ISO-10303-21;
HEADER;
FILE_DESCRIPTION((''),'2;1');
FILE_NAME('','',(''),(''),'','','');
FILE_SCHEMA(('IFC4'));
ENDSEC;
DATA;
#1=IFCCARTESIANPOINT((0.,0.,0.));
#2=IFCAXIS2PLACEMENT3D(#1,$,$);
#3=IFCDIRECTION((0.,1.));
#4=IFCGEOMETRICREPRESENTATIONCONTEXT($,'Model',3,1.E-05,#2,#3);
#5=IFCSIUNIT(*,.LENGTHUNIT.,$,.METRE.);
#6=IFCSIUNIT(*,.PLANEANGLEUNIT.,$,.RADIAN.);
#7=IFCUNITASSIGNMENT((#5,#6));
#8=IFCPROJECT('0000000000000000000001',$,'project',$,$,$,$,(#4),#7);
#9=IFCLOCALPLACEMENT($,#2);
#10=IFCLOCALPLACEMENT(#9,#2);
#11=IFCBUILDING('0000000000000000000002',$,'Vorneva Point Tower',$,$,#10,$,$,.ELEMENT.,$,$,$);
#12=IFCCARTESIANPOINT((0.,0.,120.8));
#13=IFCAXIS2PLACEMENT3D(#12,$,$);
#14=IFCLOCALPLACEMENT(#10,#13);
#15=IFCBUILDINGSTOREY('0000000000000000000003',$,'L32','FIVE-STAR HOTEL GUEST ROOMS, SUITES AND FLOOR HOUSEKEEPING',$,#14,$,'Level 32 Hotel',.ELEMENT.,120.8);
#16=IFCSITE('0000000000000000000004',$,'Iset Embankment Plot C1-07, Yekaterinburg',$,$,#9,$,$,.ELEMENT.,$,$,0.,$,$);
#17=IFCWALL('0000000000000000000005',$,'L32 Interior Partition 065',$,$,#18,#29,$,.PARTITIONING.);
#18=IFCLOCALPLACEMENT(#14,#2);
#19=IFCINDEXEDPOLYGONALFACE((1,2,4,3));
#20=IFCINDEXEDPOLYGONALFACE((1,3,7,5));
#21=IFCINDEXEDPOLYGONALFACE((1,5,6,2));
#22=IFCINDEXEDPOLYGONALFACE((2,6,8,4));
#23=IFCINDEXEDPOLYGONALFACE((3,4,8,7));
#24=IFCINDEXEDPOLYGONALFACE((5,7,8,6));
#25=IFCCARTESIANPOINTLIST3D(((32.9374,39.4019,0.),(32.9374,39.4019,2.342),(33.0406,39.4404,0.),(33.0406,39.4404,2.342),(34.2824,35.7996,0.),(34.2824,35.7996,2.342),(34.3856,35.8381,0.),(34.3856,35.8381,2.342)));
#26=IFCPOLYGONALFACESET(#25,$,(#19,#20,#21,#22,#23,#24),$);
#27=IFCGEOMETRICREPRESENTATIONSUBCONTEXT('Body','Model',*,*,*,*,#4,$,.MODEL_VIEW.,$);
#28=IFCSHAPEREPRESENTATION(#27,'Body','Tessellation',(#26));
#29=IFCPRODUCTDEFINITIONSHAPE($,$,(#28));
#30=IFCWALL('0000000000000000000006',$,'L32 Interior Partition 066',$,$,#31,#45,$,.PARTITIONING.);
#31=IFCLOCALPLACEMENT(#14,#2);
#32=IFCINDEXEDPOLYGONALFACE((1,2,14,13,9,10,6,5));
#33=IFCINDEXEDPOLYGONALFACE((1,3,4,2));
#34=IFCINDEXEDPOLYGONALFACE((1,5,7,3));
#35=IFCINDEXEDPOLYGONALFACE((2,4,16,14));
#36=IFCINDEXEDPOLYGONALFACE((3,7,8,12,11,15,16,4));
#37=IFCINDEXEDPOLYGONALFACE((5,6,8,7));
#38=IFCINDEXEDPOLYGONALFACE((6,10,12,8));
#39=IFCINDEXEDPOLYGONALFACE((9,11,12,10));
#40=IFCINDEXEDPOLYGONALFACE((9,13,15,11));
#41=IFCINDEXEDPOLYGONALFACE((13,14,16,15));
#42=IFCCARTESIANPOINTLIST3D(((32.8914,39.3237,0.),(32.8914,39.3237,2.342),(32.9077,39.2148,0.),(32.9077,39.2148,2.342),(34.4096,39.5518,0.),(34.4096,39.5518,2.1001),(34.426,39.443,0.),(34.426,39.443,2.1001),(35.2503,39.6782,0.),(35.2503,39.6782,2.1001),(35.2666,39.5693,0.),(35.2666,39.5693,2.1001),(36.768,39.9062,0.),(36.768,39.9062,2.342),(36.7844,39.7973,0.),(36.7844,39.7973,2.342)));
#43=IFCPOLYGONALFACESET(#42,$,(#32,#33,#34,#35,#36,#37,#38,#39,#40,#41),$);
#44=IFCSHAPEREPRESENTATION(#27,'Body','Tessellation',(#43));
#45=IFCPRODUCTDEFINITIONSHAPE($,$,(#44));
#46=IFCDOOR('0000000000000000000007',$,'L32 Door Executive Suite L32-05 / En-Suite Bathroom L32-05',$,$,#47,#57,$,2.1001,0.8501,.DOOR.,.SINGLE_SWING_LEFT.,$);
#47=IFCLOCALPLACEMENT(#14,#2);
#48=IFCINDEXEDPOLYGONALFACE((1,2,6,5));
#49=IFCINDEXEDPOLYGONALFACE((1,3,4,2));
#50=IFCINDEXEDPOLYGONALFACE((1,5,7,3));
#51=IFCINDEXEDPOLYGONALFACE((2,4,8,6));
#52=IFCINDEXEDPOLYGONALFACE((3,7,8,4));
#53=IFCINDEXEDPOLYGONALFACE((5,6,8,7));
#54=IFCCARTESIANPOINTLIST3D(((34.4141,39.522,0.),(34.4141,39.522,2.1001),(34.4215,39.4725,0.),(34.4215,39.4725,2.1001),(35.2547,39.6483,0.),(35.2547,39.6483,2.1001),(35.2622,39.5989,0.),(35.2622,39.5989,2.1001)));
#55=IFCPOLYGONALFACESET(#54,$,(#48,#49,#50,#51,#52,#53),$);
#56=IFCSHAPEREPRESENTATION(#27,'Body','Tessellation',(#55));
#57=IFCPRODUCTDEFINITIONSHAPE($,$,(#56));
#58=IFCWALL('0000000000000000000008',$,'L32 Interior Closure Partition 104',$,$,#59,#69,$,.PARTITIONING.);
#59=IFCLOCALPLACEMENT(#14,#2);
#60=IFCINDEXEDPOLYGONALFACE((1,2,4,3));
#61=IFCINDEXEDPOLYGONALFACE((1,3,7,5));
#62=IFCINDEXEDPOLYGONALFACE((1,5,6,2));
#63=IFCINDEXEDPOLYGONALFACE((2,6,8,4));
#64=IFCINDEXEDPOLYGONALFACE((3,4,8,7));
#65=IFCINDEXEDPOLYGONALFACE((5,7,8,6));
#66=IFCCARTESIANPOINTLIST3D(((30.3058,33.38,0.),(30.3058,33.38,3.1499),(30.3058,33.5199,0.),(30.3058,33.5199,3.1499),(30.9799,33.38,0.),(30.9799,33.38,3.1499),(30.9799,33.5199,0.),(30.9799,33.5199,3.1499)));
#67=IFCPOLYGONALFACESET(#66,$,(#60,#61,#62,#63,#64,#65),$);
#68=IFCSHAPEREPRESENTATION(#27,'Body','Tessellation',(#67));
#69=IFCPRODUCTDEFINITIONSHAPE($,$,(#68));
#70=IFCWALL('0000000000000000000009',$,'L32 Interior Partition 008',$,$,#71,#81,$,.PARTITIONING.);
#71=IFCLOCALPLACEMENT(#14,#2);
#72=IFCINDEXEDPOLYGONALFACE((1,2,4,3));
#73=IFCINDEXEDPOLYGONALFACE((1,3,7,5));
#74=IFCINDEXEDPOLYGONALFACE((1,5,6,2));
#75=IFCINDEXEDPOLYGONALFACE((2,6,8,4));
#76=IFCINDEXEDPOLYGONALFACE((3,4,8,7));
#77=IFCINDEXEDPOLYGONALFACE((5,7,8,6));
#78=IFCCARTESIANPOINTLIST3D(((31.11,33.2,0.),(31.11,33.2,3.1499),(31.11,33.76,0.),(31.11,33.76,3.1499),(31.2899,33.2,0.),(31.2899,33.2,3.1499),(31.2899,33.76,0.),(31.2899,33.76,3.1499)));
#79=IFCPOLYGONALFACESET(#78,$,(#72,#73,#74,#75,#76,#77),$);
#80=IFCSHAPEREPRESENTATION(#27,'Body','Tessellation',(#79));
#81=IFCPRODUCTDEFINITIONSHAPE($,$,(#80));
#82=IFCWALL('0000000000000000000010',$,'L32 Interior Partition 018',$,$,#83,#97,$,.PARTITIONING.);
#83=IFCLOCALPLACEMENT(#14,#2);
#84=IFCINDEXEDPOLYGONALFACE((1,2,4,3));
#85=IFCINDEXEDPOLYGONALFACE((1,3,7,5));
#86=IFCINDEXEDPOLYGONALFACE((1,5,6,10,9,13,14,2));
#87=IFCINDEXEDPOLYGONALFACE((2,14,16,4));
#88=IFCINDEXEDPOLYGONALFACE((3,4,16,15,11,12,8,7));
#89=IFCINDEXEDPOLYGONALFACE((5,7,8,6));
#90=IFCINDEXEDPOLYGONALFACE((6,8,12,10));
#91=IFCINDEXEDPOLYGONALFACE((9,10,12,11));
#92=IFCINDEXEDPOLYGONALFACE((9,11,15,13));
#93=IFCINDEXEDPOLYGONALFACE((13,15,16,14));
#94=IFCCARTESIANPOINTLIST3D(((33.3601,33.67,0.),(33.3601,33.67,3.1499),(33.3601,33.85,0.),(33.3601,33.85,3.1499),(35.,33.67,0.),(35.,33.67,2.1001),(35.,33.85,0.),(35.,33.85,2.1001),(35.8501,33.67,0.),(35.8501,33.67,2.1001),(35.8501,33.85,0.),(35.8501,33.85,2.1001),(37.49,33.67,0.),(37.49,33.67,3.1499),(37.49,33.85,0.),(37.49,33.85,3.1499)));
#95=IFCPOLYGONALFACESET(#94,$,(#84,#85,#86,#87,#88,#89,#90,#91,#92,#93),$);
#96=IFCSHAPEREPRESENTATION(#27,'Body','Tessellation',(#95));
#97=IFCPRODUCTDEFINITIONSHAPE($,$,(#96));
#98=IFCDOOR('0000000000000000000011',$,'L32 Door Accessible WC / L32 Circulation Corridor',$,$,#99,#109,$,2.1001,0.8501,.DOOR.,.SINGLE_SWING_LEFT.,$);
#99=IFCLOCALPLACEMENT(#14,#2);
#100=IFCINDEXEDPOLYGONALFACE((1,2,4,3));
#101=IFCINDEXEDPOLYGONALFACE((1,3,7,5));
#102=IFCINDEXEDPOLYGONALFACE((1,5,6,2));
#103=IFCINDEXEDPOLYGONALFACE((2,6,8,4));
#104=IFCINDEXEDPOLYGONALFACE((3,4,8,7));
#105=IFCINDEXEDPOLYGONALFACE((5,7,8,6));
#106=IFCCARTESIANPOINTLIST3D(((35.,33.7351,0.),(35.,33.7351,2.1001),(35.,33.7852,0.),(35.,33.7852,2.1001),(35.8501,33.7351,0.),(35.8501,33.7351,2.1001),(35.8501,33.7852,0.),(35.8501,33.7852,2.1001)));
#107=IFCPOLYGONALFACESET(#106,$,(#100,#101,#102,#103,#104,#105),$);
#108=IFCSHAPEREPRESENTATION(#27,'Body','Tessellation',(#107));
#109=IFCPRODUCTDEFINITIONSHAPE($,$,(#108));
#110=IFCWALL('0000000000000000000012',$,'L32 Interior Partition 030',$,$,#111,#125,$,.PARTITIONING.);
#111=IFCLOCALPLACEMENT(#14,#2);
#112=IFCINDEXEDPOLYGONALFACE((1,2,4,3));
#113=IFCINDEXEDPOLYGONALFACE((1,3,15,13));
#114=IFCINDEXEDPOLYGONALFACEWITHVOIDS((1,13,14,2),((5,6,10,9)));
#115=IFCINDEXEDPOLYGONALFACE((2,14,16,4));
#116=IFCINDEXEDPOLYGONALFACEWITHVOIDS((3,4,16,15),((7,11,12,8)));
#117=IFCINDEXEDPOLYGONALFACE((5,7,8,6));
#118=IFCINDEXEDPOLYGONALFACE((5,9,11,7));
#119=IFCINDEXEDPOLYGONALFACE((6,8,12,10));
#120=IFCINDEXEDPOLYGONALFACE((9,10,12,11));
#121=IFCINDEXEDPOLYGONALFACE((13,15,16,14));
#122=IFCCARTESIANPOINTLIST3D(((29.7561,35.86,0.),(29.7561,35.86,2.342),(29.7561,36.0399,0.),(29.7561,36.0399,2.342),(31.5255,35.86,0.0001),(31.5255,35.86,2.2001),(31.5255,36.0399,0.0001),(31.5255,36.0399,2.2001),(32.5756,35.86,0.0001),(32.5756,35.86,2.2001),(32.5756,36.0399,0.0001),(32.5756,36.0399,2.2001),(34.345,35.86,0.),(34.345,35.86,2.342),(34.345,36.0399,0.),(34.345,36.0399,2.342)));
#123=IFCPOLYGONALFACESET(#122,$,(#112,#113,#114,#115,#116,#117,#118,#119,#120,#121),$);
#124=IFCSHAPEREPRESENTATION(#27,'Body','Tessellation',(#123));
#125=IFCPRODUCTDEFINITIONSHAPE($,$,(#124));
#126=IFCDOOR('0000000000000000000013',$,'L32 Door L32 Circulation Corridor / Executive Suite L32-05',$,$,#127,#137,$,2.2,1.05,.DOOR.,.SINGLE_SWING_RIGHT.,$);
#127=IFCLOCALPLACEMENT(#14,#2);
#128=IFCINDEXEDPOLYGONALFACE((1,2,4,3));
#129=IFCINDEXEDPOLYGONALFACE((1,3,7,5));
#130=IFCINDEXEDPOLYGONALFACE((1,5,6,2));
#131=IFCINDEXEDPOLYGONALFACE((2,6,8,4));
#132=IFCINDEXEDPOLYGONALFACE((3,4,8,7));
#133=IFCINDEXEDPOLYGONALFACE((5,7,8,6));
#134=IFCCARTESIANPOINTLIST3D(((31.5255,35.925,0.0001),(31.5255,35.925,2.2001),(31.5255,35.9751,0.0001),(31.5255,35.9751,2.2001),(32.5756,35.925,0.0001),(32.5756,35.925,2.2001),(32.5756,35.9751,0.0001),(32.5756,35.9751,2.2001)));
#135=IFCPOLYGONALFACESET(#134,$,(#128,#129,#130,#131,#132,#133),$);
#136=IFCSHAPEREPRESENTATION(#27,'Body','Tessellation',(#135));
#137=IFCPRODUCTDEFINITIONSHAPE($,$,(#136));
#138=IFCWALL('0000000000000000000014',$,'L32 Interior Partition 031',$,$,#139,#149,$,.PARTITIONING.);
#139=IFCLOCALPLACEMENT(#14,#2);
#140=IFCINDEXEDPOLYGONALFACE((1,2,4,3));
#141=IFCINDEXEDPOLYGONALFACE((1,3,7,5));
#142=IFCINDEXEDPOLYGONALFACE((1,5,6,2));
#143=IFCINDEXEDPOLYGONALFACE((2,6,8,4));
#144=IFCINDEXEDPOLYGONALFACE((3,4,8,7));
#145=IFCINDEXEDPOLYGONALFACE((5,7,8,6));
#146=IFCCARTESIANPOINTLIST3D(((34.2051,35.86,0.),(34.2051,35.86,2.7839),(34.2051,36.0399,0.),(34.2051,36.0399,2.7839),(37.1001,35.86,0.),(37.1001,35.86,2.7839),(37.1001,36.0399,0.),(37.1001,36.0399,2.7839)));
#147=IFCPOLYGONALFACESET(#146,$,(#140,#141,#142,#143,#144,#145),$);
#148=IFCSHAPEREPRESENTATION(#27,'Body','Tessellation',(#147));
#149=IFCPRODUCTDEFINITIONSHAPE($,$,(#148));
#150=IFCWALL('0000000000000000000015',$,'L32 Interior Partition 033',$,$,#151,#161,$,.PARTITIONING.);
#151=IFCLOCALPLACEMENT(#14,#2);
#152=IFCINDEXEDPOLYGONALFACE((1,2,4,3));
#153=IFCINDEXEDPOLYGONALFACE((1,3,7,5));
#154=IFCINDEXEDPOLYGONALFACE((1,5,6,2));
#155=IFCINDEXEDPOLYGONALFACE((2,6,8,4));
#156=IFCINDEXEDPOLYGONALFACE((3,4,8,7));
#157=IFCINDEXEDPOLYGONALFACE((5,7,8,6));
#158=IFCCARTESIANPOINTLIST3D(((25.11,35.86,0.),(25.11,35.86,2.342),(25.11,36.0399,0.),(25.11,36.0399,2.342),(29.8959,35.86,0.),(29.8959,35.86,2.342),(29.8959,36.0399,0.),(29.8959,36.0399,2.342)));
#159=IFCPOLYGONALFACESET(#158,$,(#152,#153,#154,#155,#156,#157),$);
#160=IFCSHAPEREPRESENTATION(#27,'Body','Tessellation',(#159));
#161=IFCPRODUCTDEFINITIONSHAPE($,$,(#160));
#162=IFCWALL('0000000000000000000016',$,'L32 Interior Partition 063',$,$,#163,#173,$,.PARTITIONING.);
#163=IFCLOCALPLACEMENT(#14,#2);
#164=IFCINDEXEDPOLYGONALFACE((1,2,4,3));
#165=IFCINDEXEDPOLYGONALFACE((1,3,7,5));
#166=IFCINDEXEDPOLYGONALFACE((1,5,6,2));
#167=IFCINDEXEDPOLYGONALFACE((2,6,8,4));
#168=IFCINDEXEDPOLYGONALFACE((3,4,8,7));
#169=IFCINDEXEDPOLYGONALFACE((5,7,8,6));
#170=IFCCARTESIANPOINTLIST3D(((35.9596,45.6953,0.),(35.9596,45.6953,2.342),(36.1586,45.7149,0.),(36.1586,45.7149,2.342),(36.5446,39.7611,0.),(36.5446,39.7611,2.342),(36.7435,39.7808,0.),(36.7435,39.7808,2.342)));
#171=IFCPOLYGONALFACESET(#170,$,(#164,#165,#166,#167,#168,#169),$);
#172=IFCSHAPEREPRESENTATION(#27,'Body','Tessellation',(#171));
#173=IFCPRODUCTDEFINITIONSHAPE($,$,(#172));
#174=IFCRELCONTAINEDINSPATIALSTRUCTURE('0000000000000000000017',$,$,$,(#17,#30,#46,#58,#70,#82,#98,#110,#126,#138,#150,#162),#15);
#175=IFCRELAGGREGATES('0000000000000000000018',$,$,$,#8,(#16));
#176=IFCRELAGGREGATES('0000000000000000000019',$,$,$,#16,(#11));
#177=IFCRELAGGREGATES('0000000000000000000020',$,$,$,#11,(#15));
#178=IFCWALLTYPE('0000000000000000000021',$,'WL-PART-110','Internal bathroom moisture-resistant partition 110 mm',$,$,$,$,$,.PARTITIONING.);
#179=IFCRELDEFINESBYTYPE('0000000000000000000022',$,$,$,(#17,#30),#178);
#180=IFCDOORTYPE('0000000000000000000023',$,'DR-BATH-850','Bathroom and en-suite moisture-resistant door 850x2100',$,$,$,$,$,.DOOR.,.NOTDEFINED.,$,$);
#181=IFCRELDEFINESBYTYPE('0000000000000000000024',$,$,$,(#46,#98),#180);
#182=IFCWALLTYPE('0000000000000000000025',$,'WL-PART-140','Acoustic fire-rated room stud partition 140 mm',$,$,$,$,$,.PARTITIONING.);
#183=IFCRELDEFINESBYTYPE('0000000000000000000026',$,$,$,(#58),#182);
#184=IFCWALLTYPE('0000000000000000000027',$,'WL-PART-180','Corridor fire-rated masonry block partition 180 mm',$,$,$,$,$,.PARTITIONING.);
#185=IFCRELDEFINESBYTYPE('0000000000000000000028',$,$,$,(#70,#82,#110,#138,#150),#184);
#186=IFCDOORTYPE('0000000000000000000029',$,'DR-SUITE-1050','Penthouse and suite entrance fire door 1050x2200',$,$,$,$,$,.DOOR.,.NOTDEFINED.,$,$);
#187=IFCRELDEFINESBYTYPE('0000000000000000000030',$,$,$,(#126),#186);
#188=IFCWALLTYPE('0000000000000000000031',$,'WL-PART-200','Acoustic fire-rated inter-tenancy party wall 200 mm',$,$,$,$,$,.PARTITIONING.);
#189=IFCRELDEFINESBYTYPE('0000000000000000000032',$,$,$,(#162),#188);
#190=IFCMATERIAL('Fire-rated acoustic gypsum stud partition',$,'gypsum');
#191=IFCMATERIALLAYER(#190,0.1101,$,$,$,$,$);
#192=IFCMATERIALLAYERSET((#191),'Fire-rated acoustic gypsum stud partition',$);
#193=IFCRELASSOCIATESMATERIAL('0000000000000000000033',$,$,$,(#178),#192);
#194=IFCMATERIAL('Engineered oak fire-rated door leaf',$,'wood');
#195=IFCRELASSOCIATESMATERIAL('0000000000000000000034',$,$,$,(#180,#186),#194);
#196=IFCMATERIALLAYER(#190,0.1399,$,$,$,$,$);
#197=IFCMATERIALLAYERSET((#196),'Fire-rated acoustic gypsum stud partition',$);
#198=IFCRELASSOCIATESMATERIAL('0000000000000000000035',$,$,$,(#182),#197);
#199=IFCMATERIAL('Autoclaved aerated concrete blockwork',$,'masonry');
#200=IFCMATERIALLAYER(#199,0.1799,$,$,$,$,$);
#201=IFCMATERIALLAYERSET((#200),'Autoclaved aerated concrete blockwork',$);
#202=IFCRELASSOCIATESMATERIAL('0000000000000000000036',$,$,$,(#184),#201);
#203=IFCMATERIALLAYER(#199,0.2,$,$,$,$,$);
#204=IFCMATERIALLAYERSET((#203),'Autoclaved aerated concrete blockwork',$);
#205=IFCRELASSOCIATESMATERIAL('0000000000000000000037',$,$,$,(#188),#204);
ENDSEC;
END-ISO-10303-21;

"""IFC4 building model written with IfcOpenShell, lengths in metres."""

from ifc_helpers import new_model, si_unit, direction, frame, frame_2d, origin, place, context, subcontext, project, spatial, rectangle, extrude, material, layer, layer_set, type_object, element, fill, save


model = new_model("IFC4")

# Units and contexts
model_context = context("Model", 3, precision=1e-05, world=origin(), true_north=direction((0.0, 1.0)))
body_context = subcontext(model_context, "Body", "Model", "MODEL_VIEW")
ifc_project = project(units=[si_unit("LENGTHUNIT", "METRE"), si_unit("PLANEANGLEUNIT", "RADIAN")], contexts=[model_context])

# Site, building, storey
site_placement = place(None, origin())
site = spatial("IfcSite", under=ifc_project, at=site_placement, Name="Iset Embankment Plot C1-07, Yekaterinburg", CompositionType="ELEMENT", RefElevation=0.0)
building_placement = place(site_placement, origin())
building = spatial("IfcBuilding", under=site, at=building_placement, Name="Vorneva Point Tower", CompositionType="ELEMENT")
storey_placement = place(building_placement, frame((0.0, 0.0, 120.8)))
storey = spatial("IfcBuildingStorey", under=building, at=storey_placement, Name="L32", Description="FIVE-STAR HOTEL GUEST ROOMS, SUITES AND FLOOR HOUSEKEEPING", LongName="Level 32 Hotel", CompositionType="ELEMENT", Elevation=120.8)

# Wall
ifc_material_1 = material(Name="Fire-rated acoustic gypsum stud partition", Category="gypsum")
ifc_layer_1 = layer(ifc_material_1, 0.1101)
ifc_layer_set_1 = layer_set([ifc_layer_1], Name="Fire-rated acoustic gypsum stud partition")
wall_type_1 = type_object("IfcWallType", Name="WL-PART-110", Description="Internal bathroom moisture-resistant partition 110 mm", PredefinedType="PARTITIONING", material=ifc_layer_set_1)
wall_1_placement = place(storey_placement, frame((34.334, 35.8188, 0.0), z_axis=(0.0, 0.0, 1.0), x_axis=(-0.34978, 0.936832, 0.0)))
element("IfcWall", 1, at=wall_1_placement, inside=storey, type_object=wall_type_1, Name="L32 Interior Partition 065", PredefinedType="PARTITIONING", context=body_context, shape_type="SweptSolid", body=[
    extrude(rectangle(XDim=3.8452, YDim=0.1101, at=frame_2d((1.9226, 0.0))), origin(), (0.0, 0.0, 1.0), 2.342),
])

# Wall, opening, door
wall_2_placement = place(storey_placement, frame((32.8997, 39.2693, 0.0), z_axis=(0.0, 0.0, 1.0), x_axis=(0.988898, 0.148593, 0.0)))
wall_2 = element("IfcWall", 2, at=wall_2_placement, inside=storey, type_object=wall_type_1, Name="L32 Interior Partition 066", PredefinedType="PARTITIONING", context=body_context, shape_type="SweptSolid", body=[
    extrude(rectangle(XDim=3.9202, YDim=0.1101, at=frame_2d((1.96, 0.0))), origin(), (0.0, 0.0, 1.0), 2.342),
])
opening_1_placement = place(wall_2_placement, frame((1.5352, 0.0, 0.0)))
opening_1 = element("IfcOpeningElement", 3, at=opening_1_placement, cuts=wall_2, PredefinedType="OPENING", context=body_context, shape_type="SweptSolid", body=[
    extrude(rectangle(XDim=0.8501, YDim=2.1001, at=frame_2d((0.425, 1.05))), frame((0.0, 0.0698, 0.0), z_axis=(0.0, -1.0, 0.0), x_axis=(1.0, 0.0, 0.0)), (0.0, 0.0, 1.0), 0.1399),
])
ifc_material_2 = material(Name="Engineered oak fire-rated door leaf", Category="wood")
door_type_1 = type_object("IfcDoorType", Name="DR-BATH-850", Description="Bathroom and en-suite moisture-resistant door 850x2100", OperationType="NOTDEFINED", PredefinedType="DOOR", material=ifc_material_2)
door_1_placement = place(opening_1_placement, origin())
door_1 = element("IfcDoor", 4, at=door_1_placement, inside=storey, type_object=door_type_1, Name="L32 Door Executive Suite L32-05 / En-Suite Bathroom L32-05", OperationType="SINGLE_SWING_LEFT", OverallHeight=2.1001, OverallWidth=0.8501, PredefinedType="DOOR", context=body_context, shape_type="SweptSolid", body=[
    extrude(rectangle(XDim=0.8501, YDim=2.1001, at=frame_2d((0.425, 1.05))), frame((0.0, 0.0249, 0.0), z_axis=(0.0, -1.0, 0.0), x_axis=(1.0, 0.0, 0.0)), (0.0, 0.0, 1.0), 0.05),
])
fill(opening_1, door_1)

# Wall
ifc_layer_2 = layer(ifc_material_1, 0.1399)
ifc_layer_set_2 = layer_set([ifc_layer_2], Name="Fire-rated acoustic gypsum stud partition")
wall_type_2 = type_object("IfcWallType", Name="WL-PART-140", Description="Acoustic fire-rated room stud partition 140 mm", PredefinedType="PARTITIONING", material=ifc_layer_set_2)
wall_3_placement = place(storey_placement, frame((30.3059, 33.45, 0.0), z_axis=(0.0, 0.0, 1.0), x_axis=(1.0, 0.0, 0.0)))
element("IfcWall", 5, at=wall_3_placement, inside=storey, type_object=wall_type_2, Name="L32 Interior Closure Partition 104", PredefinedType="PARTITIONING", context=body_context, shape_type="SweptSolid", body=[
    extrude(rectangle(XDim=0.6741, YDim=0.1399, at=frame_2d((0.3369, 0.0))), origin(), (0.0, 0.0, 1.0), 3.1499),
])

# Shared definitions
ifc_material_3 = material(Name="Autoclaved aerated concrete blockwork", Category="masonry")
ifc_layer_3 = layer(ifc_material_3, 0.1799)
ifc_layer_set_3 = layer_set([ifc_layer_3], Name="Autoclaved aerated concrete blockwork")
wall_type_3 = type_object("IfcWallType", Name="WL-PART-180", Description="Corridor fire-rated masonry block partition 180 mm", PredefinedType="PARTITIONING", material=ifc_layer_set_3)

# Wall
wall_4_placement = place(storey_placement, frame((31.2, 33.76, 0.0), z_axis=(0.0, 0.0, 1.0), x_axis=(0.0, -1.0, 0.0)))
element("IfcWall", 6, at=wall_4_placement, inside=storey, type_object=wall_type_3, Name="L32 Interior Partition 008", PredefinedType="PARTITIONING", context=body_context, shape_type="SweptSolid", body=[
    extrude(rectangle(XDim=0.5601, YDim=0.1799, at=frame_2d((0.28, 0.0))), origin(), (0.0, 0.0, 1.0), 3.1499),
])

# Walls, openings, doors
wall_5_placement = place(storey_placement, frame((37.49, 33.76, 0.0), z_axis=(0.0, 0.0, 1.0), x_axis=(-1.0, 0.0, 0.0)))
wall_5 = element("IfcWall", 7, at=wall_5_placement, inside=storey, type_object=wall_type_3, Name="L32 Interior Partition 018", PredefinedType="PARTITIONING", context=body_context, shape_type="SweptSolid", body=[
    extrude(rectangle(XDim=4.1299, YDim=0.1799, at=frame_2d((2.0649, 0.0))), origin(), (0.0, 0.0, 1.0), 3.1499),
])
opening_2_placement = place(wall_5_placement, frame((1.6399, 0.0, 0.0)))
opening_2 = element("IfcOpeningElement", 8, at=opening_2_placement, cuts=wall_5, PredefinedType="OPENING", context=body_context, shape_type="SweptSolid", body=[
    extrude(rectangle(XDim=0.8501, YDim=2.1001, at=frame_2d((0.425, 1.05))), frame((0.0, 0.105, 0.0), z_axis=(0.0, -1.0, 0.0), x_axis=(1.0, 0.0, 0.0)), (0.0, 0.0, 1.0), 0.2097),
])
door_2_placement = place(opening_2_placement, origin())
door_2 = element("IfcDoor", 9, at=door_2_placement, inside=storey, type_object=door_type_1, Name="L32 Door Accessible WC / L32 Circulation Corridor", OperationType="SINGLE_SWING_LEFT", OverallHeight=2.1001, OverallWidth=0.8501, PredefinedType="DOOR", context=body_context, shape_type="SweptSolid", body=[
    extrude(rectangle(XDim=0.8501, YDim=2.1001, at=frame_2d((0.425, 1.05))), frame((0.0, 0.0249, 0.0), z_axis=(0.0, -1.0, 0.0), x_axis=(1.0, 0.0, 0.0)), (0.0, 0.0, 1.0), 0.05),
])
fill(opening_2, door_2)
wall_6_placement = place(storey_placement, frame((34.345, 35.95, 0.0), z_axis=(0.0, 0.0, 1.0), x_axis=(-1.0, 0.0, 0.0)))
wall_6 = element("IfcWall", 10, at=wall_6_placement, inside=storey, type_object=wall_type_3, Name="L32 Interior Partition 030", PredefinedType="PARTITIONING", context=body_context, shape_type="SweptSolid", body=[
    extrude(rectangle(XDim=4.5889, YDim=0.1799, at=frame_2d((2.2944, 0.0))), origin(), (0.0, 0.0, 1.0), 2.342),
])
opening_3_placement = place(wall_6_placement, frame((1.7695, 0.0, 0.0)))
opening_3 = element("IfcOpeningElement", 11, at=opening_3_placement, cuts=wall_6, PredefinedType="OPENING", context=body_context, shape_type="SweptSolid", body=[
    extrude(rectangle(XDim=1.05, YDim=2.2, at=frame_2d((0.5249, 1.1001))), frame((0.0, 0.105, 0.0), z_axis=(0.0, -1.0, 0.0), x_axis=(1.0, 0.0, 0.0)), (0.0, 0.0, 1.0), 0.2097),
])
door_type_2 = type_object("IfcDoorType", Name="DR-SUITE-1050", Description="Penthouse and suite entrance fire door 1050x2200", OperationType="NOTDEFINED", PredefinedType="DOOR", material=ifc_material_2)
door_3_placement = place(opening_3_placement, origin())
door_3 = element("IfcDoor", 12, at=door_3_placement, inside=storey, type_object=door_type_2, Name="L32 Door L32 Circulation Corridor / Executive Suite L32-05", OperationType="SINGLE_SWING_RIGHT", OverallHeight=2.2, OverallWidth=1.05, PredefinedType="DOOR", context=body_context, shape_type="SweptSolid", body=[
    extrude(rectangle(XDim=1.05, YDim=2.2, at=frame_2d((0.5249, 1.1001))), frame((0.0, 0.0249, 0.0), z_axis=(0.0, -1.0, 0.0), x_axis=(1.0, 0.0, 0.0)), (0.0, 0.0, 1.0), 0.05),
])
fill(opening_3, door_3)

# Walls
wall_7_placement = place(storey_placement, frame((37.1001, 35.95, 0.0), z_axis=(0.0, 0.0, 1.0), x_axis=(-1.0, 0.0, 0.0)))
element("IfcWall", 13, at=wall_7_placement, inside=storey, type_object=wall_type_3, Name="L32 Interior Partition 031", PredefinedType="PARTITIONING", context=body_context, shape_type="SweptSolid", body=[
    extrude(rectangle(XDim=2.895, YDim=0.1799, at=frame_2d((1.4475, 0.0))), origin(), (0.0, 0.0, 1.0), 2.7839),
])
wall_8_placement = place(storey_placement, frame((29.896, 35.95, 0.0), z_axis=(0.0, 0.0, 1.0), x_axis=(-1.0, 0.0, 0.0)))
element("IfcWall", 14, at=wall_8_placement, inside=storey, type_object=wall_type_3, Name="L32 Interior Partition 033", PredefinedType="PARTITIONING", context=body_context, shape_type="SweptSolid", body=[
    extrude(rectangle(XDim=4.7859, YDim=0.1799, at=frame_2d((2.3931, 0.0))), origin(), (0.0, 0.0, 1.0), 2.342),
])
ifc_layer_4 = layer(ifc_material_3, 0.2)
ifc_layer_set_4 = layer_set([ifc_layer_4], Name="Autoclaved aerated concrete blockwork")
wall_type_4 = type_object("IfcWallType", Name="WL-PART-200", Description="Acoustic fire-rated inter-tenancy party wall 200 mm", PredefinedType="PARTITIONING", material=ifc_layer_set_4)
wall_9_placement = place(storey_placement, frame((36.0591, 45.7051, 0.0), z_axis=(0.0, 0.0, 1.0), x_axis=(0.098101, -0.995176, 0.0)))
element("IfcWall", 15, at=wall_9_placement, inside=storey, type_object=wall_type_4, Name="L32 Interior Partition 063", PredefinedType="PARTITIONING", context=body_context, shape_type="SweptSolid", body=[
    extrude(rectangle(XDim=5.9629, YDim=0.2, at=frame_2d((2.9814, 0.0))), origin(), (0.0, 0.0, 1.0), 2.342),
])

save(model, "model.ifc")
